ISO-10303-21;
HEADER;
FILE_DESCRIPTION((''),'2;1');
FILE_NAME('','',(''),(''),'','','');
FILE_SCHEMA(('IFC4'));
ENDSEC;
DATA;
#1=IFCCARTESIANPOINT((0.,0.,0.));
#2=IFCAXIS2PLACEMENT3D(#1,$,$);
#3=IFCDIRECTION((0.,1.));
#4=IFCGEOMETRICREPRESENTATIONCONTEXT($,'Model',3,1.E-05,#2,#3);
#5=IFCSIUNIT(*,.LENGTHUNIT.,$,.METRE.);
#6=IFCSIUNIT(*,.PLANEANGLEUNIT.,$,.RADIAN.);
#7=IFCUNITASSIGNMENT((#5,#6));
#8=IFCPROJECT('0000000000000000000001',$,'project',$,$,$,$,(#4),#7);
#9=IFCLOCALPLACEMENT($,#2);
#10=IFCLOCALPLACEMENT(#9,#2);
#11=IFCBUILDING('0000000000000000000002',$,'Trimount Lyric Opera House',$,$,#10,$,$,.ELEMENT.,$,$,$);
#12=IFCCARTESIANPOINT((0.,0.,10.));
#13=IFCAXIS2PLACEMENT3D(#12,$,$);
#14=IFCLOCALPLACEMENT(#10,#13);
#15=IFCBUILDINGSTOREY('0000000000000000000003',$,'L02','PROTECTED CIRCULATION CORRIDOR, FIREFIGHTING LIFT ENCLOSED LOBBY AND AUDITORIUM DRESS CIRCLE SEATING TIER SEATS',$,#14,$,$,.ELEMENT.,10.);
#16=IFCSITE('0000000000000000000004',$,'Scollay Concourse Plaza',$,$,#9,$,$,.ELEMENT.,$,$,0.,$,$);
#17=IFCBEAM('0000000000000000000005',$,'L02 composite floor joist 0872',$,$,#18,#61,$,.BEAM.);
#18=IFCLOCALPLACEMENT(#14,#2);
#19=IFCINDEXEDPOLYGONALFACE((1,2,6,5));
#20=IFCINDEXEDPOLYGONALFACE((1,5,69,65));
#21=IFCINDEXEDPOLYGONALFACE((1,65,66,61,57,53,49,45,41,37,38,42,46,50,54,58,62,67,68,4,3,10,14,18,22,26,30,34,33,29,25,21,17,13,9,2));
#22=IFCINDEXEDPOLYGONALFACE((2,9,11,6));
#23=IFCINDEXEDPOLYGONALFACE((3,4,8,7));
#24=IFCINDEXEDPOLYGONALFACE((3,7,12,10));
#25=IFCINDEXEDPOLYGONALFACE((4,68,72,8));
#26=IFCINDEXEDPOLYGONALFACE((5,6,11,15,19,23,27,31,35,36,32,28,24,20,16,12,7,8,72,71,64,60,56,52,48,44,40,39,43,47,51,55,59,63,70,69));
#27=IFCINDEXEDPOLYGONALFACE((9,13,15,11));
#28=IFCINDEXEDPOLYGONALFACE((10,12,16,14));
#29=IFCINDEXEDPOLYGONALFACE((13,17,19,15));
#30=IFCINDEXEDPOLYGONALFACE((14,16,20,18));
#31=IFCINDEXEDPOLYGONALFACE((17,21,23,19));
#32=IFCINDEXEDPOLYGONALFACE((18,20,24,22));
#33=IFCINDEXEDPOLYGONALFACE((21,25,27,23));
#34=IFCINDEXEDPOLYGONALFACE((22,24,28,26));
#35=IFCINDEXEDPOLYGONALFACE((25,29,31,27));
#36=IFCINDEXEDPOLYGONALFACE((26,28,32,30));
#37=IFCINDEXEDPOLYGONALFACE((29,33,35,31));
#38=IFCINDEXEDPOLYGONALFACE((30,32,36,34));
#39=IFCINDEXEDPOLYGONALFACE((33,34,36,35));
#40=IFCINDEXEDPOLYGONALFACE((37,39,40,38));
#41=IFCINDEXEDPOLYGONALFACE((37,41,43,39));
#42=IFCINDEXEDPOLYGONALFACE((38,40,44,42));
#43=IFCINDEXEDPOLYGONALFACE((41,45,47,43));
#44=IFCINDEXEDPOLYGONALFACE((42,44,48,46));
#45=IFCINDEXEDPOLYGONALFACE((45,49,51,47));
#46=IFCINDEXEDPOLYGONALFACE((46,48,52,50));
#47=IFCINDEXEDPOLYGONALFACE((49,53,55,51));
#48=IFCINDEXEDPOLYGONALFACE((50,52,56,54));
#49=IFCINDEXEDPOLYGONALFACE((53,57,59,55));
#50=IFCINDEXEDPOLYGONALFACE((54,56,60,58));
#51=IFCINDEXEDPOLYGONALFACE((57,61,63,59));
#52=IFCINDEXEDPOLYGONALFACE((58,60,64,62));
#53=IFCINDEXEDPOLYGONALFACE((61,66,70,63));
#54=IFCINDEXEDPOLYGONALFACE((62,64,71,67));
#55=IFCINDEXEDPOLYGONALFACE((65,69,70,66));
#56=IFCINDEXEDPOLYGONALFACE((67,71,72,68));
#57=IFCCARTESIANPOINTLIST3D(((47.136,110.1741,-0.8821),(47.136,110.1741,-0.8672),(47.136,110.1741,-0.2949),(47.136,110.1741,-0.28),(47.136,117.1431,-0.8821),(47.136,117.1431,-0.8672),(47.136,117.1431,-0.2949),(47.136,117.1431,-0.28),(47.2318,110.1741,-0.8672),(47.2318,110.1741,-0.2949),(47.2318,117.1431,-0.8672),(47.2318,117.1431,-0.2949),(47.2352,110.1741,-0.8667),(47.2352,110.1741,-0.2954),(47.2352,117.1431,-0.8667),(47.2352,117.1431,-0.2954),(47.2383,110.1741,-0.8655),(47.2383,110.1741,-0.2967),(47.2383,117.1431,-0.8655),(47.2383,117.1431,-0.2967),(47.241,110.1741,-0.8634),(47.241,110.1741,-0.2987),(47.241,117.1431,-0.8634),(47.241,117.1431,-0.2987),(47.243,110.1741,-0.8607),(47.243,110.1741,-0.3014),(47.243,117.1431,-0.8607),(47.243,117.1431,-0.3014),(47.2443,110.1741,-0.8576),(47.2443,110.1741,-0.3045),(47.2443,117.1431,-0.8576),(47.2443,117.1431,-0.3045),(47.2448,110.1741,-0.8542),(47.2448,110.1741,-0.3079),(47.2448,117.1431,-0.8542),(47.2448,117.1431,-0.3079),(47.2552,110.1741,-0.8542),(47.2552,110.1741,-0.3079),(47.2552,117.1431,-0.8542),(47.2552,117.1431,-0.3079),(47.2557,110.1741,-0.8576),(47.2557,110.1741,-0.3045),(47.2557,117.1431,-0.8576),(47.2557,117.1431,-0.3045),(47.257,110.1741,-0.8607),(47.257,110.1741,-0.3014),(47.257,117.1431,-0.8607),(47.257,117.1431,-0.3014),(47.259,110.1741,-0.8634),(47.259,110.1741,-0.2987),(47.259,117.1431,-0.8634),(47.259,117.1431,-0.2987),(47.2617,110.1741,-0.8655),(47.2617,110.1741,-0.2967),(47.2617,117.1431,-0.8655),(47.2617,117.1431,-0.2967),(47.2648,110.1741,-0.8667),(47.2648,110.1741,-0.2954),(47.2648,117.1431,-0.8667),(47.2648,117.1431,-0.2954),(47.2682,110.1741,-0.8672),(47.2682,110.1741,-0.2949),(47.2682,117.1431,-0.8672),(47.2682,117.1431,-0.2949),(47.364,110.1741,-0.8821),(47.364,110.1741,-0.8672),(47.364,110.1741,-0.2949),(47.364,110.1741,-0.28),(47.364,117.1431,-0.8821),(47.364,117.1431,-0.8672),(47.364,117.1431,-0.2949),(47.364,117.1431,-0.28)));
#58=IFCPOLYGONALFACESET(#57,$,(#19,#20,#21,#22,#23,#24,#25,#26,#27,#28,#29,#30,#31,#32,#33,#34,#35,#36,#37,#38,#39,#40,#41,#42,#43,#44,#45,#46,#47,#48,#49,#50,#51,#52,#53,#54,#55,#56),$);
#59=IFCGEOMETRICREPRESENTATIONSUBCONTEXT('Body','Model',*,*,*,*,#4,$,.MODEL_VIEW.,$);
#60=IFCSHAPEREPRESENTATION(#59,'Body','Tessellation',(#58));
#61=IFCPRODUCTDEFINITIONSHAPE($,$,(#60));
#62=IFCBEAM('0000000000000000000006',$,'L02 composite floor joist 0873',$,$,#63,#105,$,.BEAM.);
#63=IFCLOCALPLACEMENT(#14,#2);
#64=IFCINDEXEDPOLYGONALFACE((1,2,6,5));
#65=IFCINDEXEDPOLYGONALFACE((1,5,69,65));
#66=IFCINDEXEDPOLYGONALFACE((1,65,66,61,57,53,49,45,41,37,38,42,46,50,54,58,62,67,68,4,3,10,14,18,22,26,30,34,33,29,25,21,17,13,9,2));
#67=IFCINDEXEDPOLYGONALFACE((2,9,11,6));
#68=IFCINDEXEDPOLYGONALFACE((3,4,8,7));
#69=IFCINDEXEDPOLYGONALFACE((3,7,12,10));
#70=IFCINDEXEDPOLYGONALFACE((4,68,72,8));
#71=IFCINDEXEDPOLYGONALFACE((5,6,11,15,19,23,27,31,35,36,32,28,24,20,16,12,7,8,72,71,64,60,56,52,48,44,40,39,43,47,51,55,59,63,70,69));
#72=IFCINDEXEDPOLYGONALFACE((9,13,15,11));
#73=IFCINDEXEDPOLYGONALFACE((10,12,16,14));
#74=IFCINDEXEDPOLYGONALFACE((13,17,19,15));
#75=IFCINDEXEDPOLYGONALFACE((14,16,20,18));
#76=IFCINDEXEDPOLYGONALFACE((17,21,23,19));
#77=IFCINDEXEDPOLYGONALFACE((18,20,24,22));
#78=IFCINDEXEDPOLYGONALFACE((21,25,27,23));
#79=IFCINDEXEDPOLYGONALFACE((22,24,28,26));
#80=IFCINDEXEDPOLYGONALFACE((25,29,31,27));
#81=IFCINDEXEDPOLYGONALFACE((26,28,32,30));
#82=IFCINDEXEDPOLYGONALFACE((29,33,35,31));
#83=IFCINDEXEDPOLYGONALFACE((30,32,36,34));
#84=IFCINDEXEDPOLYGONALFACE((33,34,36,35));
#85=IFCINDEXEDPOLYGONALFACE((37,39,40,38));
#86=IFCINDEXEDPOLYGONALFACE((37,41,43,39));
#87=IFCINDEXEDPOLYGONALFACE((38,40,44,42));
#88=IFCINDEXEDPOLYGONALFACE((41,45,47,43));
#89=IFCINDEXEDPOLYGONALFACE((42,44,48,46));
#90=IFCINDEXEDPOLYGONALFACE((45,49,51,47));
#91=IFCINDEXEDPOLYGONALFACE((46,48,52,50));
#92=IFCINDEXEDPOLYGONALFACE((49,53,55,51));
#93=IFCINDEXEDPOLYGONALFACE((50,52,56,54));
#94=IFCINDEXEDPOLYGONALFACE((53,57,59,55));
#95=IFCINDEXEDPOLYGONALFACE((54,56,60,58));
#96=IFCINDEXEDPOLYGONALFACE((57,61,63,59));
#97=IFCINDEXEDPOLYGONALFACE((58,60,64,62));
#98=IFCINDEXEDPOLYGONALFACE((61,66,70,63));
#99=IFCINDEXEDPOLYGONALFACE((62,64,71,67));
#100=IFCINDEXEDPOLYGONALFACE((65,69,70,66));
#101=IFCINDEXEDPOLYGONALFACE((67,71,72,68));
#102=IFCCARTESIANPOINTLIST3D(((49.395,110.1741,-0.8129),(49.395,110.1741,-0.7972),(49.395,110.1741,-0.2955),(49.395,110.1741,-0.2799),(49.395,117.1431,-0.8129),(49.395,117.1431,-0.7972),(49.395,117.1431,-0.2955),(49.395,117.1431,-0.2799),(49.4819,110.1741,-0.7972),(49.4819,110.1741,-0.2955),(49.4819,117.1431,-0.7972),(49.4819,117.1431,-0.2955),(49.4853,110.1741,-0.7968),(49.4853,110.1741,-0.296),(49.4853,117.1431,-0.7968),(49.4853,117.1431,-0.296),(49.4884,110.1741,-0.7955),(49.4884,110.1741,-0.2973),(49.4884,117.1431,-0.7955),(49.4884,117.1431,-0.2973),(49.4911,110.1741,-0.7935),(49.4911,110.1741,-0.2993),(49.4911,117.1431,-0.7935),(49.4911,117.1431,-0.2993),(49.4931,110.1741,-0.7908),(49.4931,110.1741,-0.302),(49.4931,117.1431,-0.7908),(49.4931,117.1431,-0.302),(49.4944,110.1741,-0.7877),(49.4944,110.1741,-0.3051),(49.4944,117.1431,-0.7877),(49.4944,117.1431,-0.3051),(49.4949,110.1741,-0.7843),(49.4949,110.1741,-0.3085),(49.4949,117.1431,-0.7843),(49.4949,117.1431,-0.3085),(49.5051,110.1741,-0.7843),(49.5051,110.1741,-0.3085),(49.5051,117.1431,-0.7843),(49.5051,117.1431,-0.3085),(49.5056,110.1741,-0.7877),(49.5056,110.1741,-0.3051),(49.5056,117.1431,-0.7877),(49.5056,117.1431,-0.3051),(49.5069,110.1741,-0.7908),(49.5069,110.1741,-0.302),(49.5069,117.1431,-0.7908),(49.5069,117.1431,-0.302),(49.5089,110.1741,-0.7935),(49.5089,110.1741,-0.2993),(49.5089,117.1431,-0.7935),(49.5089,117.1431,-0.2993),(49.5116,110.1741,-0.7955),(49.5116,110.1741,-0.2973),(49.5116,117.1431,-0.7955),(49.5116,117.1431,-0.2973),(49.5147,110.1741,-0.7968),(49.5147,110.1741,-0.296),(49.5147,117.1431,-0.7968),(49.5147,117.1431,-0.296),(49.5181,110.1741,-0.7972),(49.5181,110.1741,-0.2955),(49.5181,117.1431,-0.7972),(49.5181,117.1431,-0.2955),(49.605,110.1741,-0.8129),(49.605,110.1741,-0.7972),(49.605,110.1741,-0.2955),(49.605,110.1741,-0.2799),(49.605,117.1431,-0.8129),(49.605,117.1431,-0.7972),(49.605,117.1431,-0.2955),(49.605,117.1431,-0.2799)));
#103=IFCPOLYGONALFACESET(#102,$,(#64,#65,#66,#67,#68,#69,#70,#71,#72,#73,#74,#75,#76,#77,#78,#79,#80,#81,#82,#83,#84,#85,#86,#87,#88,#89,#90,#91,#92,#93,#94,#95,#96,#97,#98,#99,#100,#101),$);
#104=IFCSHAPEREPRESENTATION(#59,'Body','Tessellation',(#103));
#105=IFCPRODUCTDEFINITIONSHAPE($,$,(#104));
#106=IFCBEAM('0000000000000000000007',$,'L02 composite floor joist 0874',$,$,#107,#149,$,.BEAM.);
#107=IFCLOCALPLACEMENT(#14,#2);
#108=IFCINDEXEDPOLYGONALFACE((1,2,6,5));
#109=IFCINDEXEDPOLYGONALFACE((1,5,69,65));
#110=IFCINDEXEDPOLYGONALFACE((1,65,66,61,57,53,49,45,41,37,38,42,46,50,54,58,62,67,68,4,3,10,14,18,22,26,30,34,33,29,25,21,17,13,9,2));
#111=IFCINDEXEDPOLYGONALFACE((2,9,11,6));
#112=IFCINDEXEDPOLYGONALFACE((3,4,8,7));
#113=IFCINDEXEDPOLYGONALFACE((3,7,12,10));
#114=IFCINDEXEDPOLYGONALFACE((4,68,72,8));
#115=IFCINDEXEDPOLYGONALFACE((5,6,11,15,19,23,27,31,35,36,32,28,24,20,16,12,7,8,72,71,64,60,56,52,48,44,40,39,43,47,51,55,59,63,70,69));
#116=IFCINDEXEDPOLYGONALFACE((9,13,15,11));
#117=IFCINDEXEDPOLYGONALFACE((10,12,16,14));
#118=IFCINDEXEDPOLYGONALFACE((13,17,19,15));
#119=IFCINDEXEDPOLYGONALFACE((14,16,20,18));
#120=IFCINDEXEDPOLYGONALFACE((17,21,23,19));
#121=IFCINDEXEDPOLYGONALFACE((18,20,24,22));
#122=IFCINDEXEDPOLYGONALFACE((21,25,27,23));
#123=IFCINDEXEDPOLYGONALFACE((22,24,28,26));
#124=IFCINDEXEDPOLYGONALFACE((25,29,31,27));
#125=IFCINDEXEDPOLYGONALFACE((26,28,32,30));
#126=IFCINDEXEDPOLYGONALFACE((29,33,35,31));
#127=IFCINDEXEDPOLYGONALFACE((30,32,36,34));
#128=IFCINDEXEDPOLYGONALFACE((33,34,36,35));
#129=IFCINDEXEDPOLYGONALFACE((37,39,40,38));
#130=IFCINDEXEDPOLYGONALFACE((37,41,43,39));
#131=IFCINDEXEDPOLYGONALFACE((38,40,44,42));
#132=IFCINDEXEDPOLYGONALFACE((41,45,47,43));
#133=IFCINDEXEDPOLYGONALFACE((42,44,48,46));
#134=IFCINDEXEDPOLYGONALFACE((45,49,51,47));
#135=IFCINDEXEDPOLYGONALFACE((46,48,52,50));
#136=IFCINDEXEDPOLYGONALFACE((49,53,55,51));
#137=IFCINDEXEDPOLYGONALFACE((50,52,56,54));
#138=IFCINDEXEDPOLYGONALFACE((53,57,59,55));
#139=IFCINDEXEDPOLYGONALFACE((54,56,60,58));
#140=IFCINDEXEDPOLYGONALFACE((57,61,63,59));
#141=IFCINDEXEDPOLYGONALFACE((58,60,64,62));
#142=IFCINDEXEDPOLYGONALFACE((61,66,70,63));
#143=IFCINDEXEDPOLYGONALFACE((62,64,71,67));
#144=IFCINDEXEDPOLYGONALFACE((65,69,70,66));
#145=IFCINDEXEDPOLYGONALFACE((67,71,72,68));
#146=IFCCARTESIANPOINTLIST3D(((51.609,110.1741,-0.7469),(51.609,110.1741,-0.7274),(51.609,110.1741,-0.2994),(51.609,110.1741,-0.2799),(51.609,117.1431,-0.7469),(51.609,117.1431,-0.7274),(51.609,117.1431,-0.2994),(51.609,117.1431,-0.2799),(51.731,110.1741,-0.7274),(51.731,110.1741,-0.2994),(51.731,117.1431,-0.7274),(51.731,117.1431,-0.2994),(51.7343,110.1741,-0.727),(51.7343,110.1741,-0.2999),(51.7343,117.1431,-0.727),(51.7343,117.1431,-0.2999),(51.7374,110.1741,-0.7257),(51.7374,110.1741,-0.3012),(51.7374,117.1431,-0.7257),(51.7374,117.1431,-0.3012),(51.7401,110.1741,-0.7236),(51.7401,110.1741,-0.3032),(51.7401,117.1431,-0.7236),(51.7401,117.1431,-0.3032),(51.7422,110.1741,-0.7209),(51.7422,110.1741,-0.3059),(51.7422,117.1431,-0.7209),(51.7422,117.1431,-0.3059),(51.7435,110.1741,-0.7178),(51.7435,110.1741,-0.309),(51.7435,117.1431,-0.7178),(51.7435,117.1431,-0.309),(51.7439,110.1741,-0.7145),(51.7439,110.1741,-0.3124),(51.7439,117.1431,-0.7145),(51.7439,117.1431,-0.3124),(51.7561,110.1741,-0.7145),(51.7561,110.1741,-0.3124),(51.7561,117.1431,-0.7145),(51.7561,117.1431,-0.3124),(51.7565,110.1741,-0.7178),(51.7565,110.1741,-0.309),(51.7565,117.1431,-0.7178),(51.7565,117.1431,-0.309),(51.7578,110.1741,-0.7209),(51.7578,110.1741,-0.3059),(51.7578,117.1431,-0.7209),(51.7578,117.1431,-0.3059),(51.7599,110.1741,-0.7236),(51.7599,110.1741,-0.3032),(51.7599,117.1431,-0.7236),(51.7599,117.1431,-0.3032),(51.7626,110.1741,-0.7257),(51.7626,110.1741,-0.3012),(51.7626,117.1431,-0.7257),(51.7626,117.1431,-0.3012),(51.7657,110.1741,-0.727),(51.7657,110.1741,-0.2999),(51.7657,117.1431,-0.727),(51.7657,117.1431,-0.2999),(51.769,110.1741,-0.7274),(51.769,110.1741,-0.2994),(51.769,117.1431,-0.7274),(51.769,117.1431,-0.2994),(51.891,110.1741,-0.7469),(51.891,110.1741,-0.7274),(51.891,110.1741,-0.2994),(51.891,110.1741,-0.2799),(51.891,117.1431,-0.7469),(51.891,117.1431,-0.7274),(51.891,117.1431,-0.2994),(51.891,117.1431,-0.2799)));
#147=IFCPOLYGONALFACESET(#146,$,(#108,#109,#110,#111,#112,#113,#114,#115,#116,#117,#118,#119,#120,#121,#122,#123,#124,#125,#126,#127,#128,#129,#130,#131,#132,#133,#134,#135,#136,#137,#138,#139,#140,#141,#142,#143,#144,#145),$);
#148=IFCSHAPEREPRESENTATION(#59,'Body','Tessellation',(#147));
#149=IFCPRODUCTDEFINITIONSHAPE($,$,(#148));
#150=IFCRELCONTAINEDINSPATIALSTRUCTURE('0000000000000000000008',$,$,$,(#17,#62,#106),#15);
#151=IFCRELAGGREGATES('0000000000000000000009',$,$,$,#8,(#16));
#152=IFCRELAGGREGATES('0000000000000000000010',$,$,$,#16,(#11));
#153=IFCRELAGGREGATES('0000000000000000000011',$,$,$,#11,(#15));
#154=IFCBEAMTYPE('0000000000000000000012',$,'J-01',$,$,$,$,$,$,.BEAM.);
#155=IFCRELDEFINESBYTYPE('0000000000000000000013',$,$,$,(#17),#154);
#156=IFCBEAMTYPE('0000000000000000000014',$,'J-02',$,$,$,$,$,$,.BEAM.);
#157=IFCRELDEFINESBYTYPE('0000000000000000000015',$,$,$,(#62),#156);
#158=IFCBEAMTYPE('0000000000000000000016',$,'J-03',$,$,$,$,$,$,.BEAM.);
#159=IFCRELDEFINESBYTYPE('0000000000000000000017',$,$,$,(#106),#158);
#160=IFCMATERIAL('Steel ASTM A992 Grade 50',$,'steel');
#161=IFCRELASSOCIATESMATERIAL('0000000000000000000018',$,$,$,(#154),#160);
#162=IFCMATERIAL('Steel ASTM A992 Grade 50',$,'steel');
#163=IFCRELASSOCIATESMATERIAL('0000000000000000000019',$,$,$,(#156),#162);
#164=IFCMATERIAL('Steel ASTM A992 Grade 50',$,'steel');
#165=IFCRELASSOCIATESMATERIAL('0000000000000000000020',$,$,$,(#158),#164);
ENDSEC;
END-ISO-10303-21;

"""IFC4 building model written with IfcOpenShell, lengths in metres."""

from ifc_helpers import new_model, si_unit, direction, frame, origin, origin_2d, place, context, subcontext, project, spatial, i_section, extrude, material, material_profile, profile_set, type_object, element, save


model = new_model("IFC4")

# Units and contexts
model_context = context("Model", 3, precision=1e-05, world=origin(), true_north=direction((0.0, 1.0)))
body_context = subcontext(model_context, "Body", "Model", "MODEL_VIEW")
ifc_project = project(units=[si_unit("LENGTHUNIT", "METRE"), si_unit("PLANEANGLEUNIT", "RADIAN")], contexts=[model_context])

# Site, building, storey
site_placement = place(None, origin())
site = spatial("IfcSite", under=ifc_project, at=site_placement, Name="Scollay Concourse Plaza", CompositionType="ELEMENT", RefElevation=0.0)
building_placement = place(site_placement, origin())
building = spatial("IfcBuilding", under=site, at=building_placement, Name="Trimount Lyric Opera House", CompositionType="ELEMENT")
storey_placement = place(building_placement, frame((0.0, 0.0, 10.0)))
storey = spatial("IfcBuildingStorey", under=building, at=storey_placement, Name="L02", Description="PROTECTED CIRCULATION CORRIDOR, FIREFIGHTING LIFT ENCLOSED LOBBY AND AUDITORIUM DRESS CIRCLE SEATING TIER SEATS", CompositionType="ELEMENT", Elevation=10.0)

# Beams
ifc_material_1 = material(Name="Steel ASTM A992 Grade 50", Category="steel")
ifc_material_profile_1 = material_profile(ifc_material_1, i_section(OverallWidth=0.228, OverallDepth=0.6021, WebThickness=0.0105, FlangeThickness=0.0149, FilletRadius=0.0129, at=origin_2d()), Name="W24X68")
ifc_profile_set_1 = profile_set([ifc_material_profile_1], Name="Steel ASTM A992 Grade 50")
beam_type_1 = type_object("IfcBeamType", Name="J-01", PredefinedType="BEAM", material=ifc_profile_set_1)
beam_1_placement = place(storey_placement, frame((47.25, 110.1741, -0.5811), z_axis=(0.0, 1.0, 0.0), x_axis=(-1.0, 0.0, 0.0)))
element("IfcBeam", 1, at=beam_1_placement, inside=storey, type_object=beam_type_1, Name="L02 composite floor joist 0872", PredefinedType="BEAM", context=body_context, shape_type="SweptSolid", body=[
    extrude(i_section(OverallWidth=0.228, OverallDepth=0.6021, WebThickness=0.0105, FlangeThickness=0.0149, FilletRadius=0.0129, at=origin_2d()), origin(), (0.0, 0.0, 1.0), 6.969),
])
ifc_material_2 = material(Name="Steel ASTM A992 Grade 50", Category="steel")
ifc_material_profile_2 = material_profile(ifc_material_2, i_section(OverallWidth=0.21, OverallDepth=0.533, WebThickness=0.0103, FlangeThickness=0.0156, FilletRadius=0.0129, at=origin_2d()), Name="W21X62")
ifc_profile_set_2 = profile_set([ifc_material_profile_2], Name="Steel ASTM A992 Grade 50")
beam_type_2 = type_object("IfcBeamType", Name="J-02", PredefinedType="BEAM", material=ifc_profile_set_2)
beam_2_placement = place(storey_placement, frame((49.5, 110.1741, -0.5464), z_axis=(0.0, 1.0, 0.0), x_axis=(-1.0, 0.0, 0.0)))
element("IfcBeam", 2, at=beam_2_placement, inside=storey, type_object=beam_type_2, Name="L02 composite floor joist 0873", PredefinedType="BEAM", context=body_context, shape_type="SweptSolid", body=[
    extrude(i_section(OverallWidth=0.21, OverallDepth=0.533, WebThickness=0.0103, FlangeThickness=0.0156, FilletRadius=0.0129, at=origin_2d()), origin(), (0.0, 0.0, 1.0), 6.969),
])
ifc_material_3 = material(Name="Steel ASTM A992 Grade 50", Category="steel")
ifc_material_profile_3 = material_profile(ifc_material_3, i_section(OverallWidth=0.282, OverallDepth=0.467, WebThickness=0.0122, FlangeThickness=0.0195, FilletRadius=0.0129, at=origin_2d()), Name="W18X86")
ifc_profile_set_3 = profile_set([ifc_material_profile_3], Name="Steel ASTM A992 Grade 50")
beam_type_3 = type_object("IfcBeamType", Name="J-03", PredefinedType="BEAM", material=ifc_profile_set_3)
beam_3_placement = place(storey_placement, frame((51.75, 110.1741, -0.5134), z_axis=(0.0, 1.0, 0.0), x_axis=(-1.0, 0.0, 0.0)))
element("IfcBeam", 3, at=beam_3_placement, inside=storey, type_object=beam_type_3, Name="L02 composite floor joist 0874", PredefinedType="BEAM", context=body_context, shape_type="SweptSolid", body=[
    extrude(i_section(OverallWidth=0.282, OverallDepth=0.467, WebThickness=0.0122, FlangeThickness=0.0195, FilletRadius=0.0129, at=origin_2d()), origin(), (0.0, 0.0, 1.0), 6.969),
])

save(model, "model.ifc")
